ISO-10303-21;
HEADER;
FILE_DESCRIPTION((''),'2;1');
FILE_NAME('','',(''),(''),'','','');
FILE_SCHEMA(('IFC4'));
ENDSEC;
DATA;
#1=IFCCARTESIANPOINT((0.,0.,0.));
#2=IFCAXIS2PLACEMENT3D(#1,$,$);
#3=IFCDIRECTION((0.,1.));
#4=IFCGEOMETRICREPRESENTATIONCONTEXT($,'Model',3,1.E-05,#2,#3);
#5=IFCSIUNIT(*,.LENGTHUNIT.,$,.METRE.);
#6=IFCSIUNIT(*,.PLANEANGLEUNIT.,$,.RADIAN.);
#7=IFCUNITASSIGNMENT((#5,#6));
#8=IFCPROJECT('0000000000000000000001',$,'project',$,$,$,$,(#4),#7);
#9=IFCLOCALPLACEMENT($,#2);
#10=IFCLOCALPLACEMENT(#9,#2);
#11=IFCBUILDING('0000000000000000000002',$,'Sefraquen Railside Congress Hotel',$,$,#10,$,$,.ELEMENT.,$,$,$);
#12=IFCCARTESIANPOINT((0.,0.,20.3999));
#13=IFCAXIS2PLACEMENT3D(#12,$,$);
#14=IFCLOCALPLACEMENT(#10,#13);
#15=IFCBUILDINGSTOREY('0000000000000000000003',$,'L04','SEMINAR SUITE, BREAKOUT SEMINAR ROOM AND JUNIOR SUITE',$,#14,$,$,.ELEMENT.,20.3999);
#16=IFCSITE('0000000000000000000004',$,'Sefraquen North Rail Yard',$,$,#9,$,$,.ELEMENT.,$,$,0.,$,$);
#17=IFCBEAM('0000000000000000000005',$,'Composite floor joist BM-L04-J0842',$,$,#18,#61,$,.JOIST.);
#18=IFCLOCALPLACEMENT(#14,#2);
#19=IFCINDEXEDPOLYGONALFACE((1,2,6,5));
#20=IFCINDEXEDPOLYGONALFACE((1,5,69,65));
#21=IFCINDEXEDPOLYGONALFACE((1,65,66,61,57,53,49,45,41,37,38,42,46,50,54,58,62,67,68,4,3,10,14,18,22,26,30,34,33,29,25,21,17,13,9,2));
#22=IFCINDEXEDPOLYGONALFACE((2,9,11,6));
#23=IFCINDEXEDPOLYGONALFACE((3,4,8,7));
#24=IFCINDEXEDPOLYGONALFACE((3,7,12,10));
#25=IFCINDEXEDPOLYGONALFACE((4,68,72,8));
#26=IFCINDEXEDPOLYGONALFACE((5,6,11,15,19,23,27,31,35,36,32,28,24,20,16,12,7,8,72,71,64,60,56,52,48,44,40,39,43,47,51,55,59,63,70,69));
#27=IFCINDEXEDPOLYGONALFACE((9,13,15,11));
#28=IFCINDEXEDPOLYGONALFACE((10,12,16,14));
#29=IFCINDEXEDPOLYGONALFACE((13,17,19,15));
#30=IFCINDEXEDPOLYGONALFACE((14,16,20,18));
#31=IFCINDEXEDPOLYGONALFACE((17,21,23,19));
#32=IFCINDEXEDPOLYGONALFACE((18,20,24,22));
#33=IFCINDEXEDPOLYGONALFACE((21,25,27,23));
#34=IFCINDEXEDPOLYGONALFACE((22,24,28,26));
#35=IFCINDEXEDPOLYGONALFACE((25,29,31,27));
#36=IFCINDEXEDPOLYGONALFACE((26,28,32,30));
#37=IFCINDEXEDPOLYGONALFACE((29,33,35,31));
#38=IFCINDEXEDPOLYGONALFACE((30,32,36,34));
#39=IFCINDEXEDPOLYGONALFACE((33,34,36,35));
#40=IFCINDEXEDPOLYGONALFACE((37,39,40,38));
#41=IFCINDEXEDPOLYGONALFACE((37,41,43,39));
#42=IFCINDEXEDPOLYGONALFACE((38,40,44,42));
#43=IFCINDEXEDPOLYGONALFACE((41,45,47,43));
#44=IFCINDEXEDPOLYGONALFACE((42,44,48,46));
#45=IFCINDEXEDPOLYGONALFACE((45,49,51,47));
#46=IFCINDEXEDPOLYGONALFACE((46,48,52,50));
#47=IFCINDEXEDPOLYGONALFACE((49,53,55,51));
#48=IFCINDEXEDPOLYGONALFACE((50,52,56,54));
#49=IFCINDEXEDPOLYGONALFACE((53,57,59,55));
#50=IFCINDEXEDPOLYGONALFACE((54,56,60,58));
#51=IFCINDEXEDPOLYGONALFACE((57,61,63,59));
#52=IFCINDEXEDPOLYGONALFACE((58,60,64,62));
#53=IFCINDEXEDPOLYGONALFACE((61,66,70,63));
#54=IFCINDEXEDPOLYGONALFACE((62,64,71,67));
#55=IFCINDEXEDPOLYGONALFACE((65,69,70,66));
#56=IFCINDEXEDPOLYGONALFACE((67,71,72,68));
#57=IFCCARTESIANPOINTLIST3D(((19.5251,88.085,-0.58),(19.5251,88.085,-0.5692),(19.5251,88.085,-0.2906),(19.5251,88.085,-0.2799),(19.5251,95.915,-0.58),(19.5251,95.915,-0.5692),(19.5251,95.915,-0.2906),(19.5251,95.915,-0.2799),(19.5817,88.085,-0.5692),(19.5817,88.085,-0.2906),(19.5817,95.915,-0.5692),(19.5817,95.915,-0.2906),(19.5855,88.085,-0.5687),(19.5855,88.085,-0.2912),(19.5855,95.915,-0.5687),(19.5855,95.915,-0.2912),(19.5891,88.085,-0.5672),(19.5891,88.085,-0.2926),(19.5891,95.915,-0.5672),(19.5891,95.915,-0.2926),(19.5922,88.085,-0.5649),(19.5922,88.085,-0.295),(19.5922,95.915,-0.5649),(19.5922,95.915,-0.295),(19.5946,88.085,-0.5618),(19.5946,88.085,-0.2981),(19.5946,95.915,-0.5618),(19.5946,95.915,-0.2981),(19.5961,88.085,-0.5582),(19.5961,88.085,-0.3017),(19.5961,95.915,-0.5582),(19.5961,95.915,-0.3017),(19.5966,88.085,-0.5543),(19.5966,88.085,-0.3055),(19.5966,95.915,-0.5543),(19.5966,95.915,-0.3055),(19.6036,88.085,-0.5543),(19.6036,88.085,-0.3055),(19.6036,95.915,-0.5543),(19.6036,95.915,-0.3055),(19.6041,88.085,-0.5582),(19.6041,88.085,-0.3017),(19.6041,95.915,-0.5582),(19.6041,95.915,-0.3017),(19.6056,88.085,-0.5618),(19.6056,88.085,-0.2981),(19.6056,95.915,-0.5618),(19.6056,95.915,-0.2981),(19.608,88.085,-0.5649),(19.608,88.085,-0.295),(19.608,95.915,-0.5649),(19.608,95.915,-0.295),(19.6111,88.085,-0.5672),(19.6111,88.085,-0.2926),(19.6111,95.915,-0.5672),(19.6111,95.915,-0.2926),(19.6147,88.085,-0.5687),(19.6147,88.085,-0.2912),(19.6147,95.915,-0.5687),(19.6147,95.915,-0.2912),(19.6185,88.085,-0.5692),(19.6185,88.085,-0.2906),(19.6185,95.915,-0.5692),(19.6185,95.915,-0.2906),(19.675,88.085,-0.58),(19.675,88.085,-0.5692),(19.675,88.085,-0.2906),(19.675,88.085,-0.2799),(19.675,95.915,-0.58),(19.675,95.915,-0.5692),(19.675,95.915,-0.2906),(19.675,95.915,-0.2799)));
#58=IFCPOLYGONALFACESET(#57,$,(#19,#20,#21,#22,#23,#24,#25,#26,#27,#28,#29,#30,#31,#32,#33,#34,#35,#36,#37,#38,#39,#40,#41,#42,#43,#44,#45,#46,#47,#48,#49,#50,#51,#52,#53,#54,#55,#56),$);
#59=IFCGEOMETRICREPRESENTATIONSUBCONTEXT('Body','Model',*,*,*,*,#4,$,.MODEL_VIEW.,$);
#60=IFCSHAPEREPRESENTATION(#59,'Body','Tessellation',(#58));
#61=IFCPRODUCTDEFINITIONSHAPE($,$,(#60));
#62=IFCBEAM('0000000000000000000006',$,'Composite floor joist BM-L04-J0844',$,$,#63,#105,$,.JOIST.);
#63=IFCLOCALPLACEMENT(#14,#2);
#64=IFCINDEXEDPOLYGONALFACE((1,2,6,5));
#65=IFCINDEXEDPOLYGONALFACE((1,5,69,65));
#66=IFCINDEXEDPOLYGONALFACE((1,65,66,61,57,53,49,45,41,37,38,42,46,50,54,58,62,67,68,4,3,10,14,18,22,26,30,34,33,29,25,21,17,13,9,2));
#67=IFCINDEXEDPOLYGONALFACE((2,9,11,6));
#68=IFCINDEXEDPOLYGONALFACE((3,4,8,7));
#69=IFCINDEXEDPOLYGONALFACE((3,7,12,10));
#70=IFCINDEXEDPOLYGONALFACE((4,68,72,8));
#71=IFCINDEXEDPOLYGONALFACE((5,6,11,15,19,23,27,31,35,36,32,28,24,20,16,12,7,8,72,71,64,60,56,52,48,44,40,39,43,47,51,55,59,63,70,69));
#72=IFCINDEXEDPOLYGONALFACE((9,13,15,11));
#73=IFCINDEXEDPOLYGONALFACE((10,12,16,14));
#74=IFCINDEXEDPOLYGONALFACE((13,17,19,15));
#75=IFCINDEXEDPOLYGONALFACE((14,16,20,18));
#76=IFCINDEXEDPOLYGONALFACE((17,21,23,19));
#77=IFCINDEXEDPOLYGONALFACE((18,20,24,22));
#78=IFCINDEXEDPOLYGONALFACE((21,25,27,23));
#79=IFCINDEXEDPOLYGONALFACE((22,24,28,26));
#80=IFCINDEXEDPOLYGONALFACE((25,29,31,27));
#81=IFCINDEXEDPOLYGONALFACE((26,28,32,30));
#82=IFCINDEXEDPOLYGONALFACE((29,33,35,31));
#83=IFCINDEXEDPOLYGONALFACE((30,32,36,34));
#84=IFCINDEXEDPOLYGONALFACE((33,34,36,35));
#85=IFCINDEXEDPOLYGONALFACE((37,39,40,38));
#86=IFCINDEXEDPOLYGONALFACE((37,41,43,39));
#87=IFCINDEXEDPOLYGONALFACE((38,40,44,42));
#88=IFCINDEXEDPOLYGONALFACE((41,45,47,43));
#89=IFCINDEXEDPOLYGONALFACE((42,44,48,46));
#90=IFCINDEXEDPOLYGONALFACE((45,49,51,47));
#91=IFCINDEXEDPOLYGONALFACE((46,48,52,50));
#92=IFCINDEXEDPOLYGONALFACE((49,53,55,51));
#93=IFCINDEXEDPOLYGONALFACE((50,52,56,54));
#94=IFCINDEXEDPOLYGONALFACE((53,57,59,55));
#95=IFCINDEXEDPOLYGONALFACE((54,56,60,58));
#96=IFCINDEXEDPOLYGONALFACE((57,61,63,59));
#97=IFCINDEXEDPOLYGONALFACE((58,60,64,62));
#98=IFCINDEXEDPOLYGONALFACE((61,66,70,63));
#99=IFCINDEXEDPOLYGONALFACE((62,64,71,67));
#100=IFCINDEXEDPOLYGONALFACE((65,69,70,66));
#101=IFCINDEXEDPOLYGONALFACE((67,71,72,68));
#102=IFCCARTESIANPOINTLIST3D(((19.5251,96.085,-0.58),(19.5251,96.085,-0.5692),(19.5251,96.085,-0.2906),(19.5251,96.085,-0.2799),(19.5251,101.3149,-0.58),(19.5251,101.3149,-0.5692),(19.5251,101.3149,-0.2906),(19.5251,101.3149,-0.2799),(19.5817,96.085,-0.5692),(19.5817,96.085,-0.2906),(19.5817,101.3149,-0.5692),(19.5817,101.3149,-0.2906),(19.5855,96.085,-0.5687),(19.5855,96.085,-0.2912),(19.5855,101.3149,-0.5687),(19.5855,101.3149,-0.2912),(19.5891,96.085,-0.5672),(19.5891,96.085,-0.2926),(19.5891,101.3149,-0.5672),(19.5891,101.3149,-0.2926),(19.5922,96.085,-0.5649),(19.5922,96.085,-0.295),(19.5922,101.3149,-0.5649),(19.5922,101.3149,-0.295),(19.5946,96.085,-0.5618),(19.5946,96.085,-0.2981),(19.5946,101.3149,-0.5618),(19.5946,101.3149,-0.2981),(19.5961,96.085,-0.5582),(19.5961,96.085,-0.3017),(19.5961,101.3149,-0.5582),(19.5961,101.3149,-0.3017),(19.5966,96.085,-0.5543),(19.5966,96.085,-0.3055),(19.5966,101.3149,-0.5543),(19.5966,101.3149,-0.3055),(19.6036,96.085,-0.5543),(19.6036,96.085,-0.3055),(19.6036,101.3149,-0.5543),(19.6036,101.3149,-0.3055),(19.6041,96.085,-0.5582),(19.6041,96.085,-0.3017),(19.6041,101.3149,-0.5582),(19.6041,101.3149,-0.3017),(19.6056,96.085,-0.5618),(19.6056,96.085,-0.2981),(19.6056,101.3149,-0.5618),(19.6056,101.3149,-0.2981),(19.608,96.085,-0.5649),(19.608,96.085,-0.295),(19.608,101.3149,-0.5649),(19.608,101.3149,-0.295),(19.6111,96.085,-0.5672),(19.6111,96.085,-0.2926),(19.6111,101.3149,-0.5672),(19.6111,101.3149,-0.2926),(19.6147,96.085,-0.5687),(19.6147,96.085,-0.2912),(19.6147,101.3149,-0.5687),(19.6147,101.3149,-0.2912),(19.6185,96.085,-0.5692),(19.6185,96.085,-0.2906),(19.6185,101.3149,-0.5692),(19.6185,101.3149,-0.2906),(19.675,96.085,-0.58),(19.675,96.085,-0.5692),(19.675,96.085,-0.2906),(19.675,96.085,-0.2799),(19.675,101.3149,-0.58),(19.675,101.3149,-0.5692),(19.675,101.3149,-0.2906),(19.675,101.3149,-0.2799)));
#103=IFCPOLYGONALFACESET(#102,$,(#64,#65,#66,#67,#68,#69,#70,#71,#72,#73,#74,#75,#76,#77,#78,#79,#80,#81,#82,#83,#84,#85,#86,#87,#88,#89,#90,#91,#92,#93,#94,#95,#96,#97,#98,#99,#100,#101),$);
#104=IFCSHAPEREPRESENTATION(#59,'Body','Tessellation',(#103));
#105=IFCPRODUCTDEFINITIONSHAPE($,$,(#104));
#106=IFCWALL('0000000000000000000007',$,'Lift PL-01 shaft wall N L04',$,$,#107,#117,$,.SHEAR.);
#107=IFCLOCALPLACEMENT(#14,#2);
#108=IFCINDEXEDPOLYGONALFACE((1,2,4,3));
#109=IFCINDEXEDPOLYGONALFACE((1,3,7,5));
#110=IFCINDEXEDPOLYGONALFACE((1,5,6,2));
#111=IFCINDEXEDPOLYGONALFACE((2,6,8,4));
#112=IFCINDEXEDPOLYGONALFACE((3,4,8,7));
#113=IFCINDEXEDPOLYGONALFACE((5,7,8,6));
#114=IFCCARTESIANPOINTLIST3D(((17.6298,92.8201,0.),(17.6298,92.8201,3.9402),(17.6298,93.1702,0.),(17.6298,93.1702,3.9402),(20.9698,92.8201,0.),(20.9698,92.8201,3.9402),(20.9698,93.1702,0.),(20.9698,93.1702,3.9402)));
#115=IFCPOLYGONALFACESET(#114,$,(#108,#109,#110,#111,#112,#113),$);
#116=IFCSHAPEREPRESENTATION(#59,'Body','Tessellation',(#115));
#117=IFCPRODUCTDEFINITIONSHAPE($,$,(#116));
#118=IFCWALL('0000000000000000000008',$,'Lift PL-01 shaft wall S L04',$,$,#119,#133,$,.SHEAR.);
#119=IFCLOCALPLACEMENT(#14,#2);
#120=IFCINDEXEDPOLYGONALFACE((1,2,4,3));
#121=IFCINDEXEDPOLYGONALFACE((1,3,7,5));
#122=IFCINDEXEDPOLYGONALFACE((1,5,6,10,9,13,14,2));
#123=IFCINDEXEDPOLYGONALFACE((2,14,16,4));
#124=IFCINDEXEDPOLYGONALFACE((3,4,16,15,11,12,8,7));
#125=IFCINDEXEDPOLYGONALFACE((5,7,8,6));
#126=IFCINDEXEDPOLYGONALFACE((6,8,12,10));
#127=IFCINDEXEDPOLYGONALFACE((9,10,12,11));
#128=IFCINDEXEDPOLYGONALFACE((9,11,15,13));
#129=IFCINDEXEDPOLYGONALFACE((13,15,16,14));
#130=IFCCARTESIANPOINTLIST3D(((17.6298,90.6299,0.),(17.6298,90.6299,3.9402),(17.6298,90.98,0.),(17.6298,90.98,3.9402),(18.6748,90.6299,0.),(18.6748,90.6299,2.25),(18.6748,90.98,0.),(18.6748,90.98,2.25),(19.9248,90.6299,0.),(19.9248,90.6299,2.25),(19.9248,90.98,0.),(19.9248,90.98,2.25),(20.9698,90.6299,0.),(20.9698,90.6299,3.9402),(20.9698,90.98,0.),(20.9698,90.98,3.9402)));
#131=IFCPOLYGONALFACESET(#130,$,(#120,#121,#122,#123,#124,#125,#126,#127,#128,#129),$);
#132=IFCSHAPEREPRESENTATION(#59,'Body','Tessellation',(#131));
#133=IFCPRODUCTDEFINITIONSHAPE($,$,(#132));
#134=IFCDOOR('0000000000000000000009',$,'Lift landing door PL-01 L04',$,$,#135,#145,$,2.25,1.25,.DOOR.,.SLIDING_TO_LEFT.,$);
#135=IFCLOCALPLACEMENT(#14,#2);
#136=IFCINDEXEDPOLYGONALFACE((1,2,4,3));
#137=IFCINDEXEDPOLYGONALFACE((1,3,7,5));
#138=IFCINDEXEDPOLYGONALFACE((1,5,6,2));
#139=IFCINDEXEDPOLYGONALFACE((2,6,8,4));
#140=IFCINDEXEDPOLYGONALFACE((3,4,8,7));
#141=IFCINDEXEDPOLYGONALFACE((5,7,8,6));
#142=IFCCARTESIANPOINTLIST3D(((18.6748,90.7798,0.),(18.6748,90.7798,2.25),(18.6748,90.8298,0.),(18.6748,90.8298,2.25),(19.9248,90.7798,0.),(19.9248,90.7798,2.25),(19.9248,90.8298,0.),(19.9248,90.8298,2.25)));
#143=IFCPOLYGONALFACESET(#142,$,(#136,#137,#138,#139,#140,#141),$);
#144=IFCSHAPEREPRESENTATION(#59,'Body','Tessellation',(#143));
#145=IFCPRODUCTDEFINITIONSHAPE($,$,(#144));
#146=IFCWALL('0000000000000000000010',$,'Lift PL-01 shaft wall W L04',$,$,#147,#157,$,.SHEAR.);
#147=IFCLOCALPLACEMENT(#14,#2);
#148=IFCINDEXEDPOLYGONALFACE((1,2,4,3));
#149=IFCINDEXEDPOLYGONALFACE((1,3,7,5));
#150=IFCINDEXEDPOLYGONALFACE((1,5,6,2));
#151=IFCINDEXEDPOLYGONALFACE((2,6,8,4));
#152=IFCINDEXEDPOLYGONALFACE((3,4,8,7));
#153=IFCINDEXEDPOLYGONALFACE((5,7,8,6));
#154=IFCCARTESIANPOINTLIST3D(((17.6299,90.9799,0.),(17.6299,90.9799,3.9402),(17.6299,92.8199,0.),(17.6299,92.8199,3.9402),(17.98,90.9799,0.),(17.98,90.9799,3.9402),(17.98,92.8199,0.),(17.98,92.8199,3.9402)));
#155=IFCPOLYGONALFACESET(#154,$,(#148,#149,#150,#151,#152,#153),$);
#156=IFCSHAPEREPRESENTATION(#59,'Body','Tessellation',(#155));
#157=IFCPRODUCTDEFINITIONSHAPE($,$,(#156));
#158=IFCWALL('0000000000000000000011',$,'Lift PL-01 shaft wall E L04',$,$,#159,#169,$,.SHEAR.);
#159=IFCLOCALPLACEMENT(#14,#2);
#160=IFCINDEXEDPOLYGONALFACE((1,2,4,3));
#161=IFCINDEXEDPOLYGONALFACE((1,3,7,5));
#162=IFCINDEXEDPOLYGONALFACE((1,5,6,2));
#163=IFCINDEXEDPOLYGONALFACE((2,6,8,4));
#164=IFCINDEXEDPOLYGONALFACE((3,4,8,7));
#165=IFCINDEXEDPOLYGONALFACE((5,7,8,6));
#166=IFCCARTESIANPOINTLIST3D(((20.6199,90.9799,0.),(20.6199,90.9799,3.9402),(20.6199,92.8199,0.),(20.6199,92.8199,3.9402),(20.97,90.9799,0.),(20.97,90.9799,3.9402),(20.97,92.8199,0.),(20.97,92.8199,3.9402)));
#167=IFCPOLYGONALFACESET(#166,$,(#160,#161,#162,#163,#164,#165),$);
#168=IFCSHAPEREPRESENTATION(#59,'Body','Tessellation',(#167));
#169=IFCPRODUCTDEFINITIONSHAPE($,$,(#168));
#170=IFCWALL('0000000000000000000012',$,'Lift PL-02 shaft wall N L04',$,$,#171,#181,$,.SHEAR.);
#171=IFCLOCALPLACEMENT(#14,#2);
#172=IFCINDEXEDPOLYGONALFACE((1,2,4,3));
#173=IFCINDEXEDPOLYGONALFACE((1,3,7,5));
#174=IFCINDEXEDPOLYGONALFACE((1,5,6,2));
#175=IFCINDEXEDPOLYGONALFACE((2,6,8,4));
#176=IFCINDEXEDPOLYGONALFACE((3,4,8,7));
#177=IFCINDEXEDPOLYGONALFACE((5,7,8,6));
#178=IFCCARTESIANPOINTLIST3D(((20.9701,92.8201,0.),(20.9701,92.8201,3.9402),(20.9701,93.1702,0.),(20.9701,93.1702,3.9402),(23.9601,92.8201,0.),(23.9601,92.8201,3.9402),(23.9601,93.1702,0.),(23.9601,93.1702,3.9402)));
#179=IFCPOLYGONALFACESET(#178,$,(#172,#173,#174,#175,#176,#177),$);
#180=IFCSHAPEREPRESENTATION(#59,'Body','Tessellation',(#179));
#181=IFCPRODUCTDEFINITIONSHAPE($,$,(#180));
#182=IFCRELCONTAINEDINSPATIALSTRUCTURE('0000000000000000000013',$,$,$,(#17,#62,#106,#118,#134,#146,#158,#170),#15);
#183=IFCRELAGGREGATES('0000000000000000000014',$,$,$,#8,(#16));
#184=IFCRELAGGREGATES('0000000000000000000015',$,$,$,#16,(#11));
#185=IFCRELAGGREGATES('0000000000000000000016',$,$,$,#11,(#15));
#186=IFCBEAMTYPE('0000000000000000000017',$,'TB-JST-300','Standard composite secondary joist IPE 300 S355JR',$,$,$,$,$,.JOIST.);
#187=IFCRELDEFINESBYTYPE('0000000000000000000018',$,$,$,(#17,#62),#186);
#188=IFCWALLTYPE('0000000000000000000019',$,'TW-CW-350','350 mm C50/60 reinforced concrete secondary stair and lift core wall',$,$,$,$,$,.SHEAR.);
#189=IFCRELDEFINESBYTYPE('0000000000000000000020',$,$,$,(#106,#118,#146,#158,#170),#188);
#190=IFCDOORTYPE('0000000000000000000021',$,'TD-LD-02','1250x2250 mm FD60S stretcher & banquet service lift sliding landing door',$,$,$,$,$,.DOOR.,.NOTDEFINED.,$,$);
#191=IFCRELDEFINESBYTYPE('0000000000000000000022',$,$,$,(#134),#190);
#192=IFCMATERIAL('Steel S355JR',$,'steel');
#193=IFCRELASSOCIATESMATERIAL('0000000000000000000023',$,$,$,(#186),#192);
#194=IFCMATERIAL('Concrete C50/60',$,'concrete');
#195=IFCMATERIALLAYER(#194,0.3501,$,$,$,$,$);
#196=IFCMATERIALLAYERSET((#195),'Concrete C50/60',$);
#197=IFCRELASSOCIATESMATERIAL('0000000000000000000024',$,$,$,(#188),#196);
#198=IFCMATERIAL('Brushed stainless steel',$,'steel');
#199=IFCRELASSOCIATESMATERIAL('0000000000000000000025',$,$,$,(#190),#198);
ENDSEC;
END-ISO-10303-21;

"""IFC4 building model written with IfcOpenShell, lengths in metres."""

from ifc_helpers import new_model, si_unit, direction, frame, frame_2d, origin, origin_2d, place, context, subcontext, project, spatial, rectangle, i_section, extrude, material, layer, layer_set, material_profile, profile_set, type_object, element, fill, save


model = new_model("IFC4")

# Units and contexts
model_context = context("Model", 3, precision=1e-05, world=origin(), true_north=direction((0.0, 1.0)))
body_context = subcontext(model_context, "Body", "Model", "MODEL_VIEW")
ifc_project = project(units=[si_unit("LENGTHUNIT", "METRE"), si_unit("PLANEANGLEUNIT", "RADIAN")], contexts=[model_context])

# Site, building, storey
site_placement = place(None, origin())
site = spatial("IfcSite", under=ifc_project, at=site_placement, Name="Sefraquen North Rail Yard", CompositionType="ELEMENT", RefElevation=0.0)
building_placement = place(site_placement, origin())
building = spatial("IfcBuilding", under=site, at=building_placement, Name="Sefraquen Railside Congress Hotel", CompositionType="ELEMENT")
storey_placement = place(building_placement, frame((0.0, 0.0, 20.3999)))
storey = spatial("IfcBuildingStorey", under=building, at=storey_placement, Name="L04", Description="SEMINAR SUITE, BREAKOUT SEMINAR ROOM AND JUNIOR SUITE", CompositionType="ELEMENT", Elevation=20.3999)

# Shared definitions
ifc_material_1 = material(Name="Steel S355JR", Category="steel")

# Beams
ifc_material_profile_1 = material_profile(ifc_material_1, i_section(OverallWidth=0.1499, OverallDepth=0.3, WebThickness=0.0071, FlangeThickness=0.0107, FilletRadius=0.0149, at=origin_2d()), Name="IPE 300")
ifc_profile_set_1 = profile_set([ifc_material_profile_1], Name="Steel S355JR")
beam_type_1 = type_object("IfcBeamType", Name="TB-JST-300", Description="Standard composite secondary joist IPE 300 S355JR", PredefinedType="JOIST", material=ifc_profile_set_1)
beam_1_placement = place(storey_placement, frame((19.6001, 88.085, -0.4299), z_axis=(0.0, 1.0, 0.0), x_axis=(-1.0, 0.0, 0.0)))
element("IfcBeam", 1, at=beam_1_placement, inside=storey, type_object=beam_type_1, Name="Composite floor joist BM-L04-J0842", PredefinedType="JOIST", context=body_context, shape_type="SweptSolid", body=[
    extrude(i_section(OverallWidth=0.1499, OverallDepth=0.3, WebThickness=0.0071, FlangeThickness=0.0107, FilletRadius=0.0149, at=origin_2d()), origin(), (0.0, 0.0, 1.0), 7.8301),
])
beam_2_placement = place(storey_placement, frame((19.6001, 96.085, -0.4299), z_axis=(0.0, 1.0, 0.0), x_axis=(-1.0, 0.0, 0.0)))
element("IfcBeam", 2, at=beam_2_placement, inside=storey, type_object=beam_type_1, Name="Composite floor joist BM-L04-J0844", PredefinedType="JOIST", context=body_context, shape_type="SweptSolid", body=[
    extrude(i_section(OverallWidth=0.1499, OverallDepth=0.3, WebThickness=0.0071, FlangeThickness=0.0107, FilletRadius=0.0149, at=origin_2d()), origin(), (0.0, 0.0, 1.0), 5.23),
])

# Wall
ifc_material_2 = material(Name="Concrete C50/60", Category="concrete")
ifc_layer_1 = layer(ifc_material_2, 0.3501)
ifc_layer_set_1 = layer_set([ifc_layer_1], Name="Concrete C50/60")
wall_type_1 = type_object("IfcWallType", Name="TW-CW-350", Description="350 mm C50/60 reinforced concrete secondary stair and lift core wall", PredefinedType="SHEAR", material=ifc_layer_set_1)
wall_1_placement = place(storey_placement, frame((17.6299, 92.9951, 0.0), z_axis=(0.0, 0.0, 1.0), x_axis=(1.0, 0.0, 0.0)))
element("IfcWall", 3, at=wall_1_placement, inside=storey, type_object=wall_type_1, Name="Lift PL-01 shaft wall N L04", PredefinedType="SHEAR", context=body_context, shape_type="SweptSolid", body=[
    extrude(rectangle(XDim=3.3401, YDim=0.3501, at=frame_2d((1.6699, 0.0))), origin(), (0.0, 0.0, 1.0), 3.9402),
])

# Wall, opening, door
wall_2_placement = place(storey_placement, frame((17.6299, 90.8049, 0.0), z_axis=(0.0, 0.0, 1.0), x_axis=(1.0, 0.0, 0.0)))
wall_2 = element("IfcWall", 4, at=wall_2_placement, inside=storey, type_object=wall_type_1, Name="Lift PL-01 shaft wall S L04", PredefinedType="SHEAR", context=body_context, shape_type="SweptSolid", body=[
    extrude(rectangle(XDim=3.3401, YDim=0.3501, at=frame_2d((1.6699, 0.0))), origin(), (0.0, 0.0, 1.0), 3.9402),
])
opening_1_placement = place(wall_2_placement, frame((1.0449, 0.0, 0.0)))
opening_1 = element("IfcOpeningElement", 5, at=opening_1_placement, cuts=wall_2, PredefinedType="OPENING", context=body_context, shape_type="SweptSolid", body=[
    extrude(rectangle(XDim=1.25, YDim=2.25, at=frame_2d((0.625, 1.125))), frame((0.0, 0.1851, 0.0), z_axis=(0.0, -1.0, 0.0), x_axis=(1.0, 0.0, 0.0)), (0.0, 0.0, 1.0), 0.3701),
])
ifc_material_3 = material(Name="Brushed stainless steel", Category="steel")
door_type = type_object("IfcDoorType", Name="TD-LD-02", Description="1250x2250 mm FD60S stretcher & banquet service lift sliding landing door", OperationType="NOTDEFINED", PredefinedType="DOOR", material=ifc_material_3)
door_1_placement = place(opening_1_placement, origin())
door_1 = element("IfcDoor", 6, at=door_1_placement, inside=storey, type_object=door_type, Name="Lift landing door PL-01 L04", OperationType="SLIDING_TO_LEFT", OverallHeight=2.25, OverallWidth=1.25, PredefinedType="DOOR", context=body_context, shape_type="SweptSolid", body=[
    extrude(rectangle(XDim=1.25, YDim=2.25, at=frame_2d((0.625, 1.125))), frame((0.0, 0.0249, 0.0), z_axis=(0.0, -1.0, 0.0), x_axis=(1.0, 0.0, 0.0)), (0.0, 0.0, 1.0), 0.05),
])
fill(opening_1, door_1)

# Walls
for number, where, z_axis, x_axis, name in (
    (7, (17.8049, 90.98, 0.0), (0.0, 0.0, 1.0), (0.0, 1.0, 0.0), "Lift PL-01 shaft wall W L04"),
    (8, (20.7949, 90.98, 0.0), (0.0, 0.0, 1.0), (0.0, 1.0, 0.0), "Lift PL-01 shaft wall E L04"),
):
    element("IfcWall", number, at=place(storey_placement, frame(where, z_axis=z_axis, x_axis=x_axis)), inside=storey, type_object=wall_type_1, Name=name, PredefinedType="SHEAR", context=body_context, shape_type="SweptSolid", body=[
        extrude(rectangle(XDim=1.8401, YDim=0.3501, at=frame_2d((0.9199, 0.0))), origin(), (0.0, 0.0, 1.0), 3.9402),
    ])
wall_3_placement = place(storey_placement, frame((20.97, 92.9951, 0.0), z_axis=(0.0, 0.0, 1.0), x_axis=(1.0, 0.0, 0.0)))
element("IfcWall", 9, at=wall_3_placement, inside=storey, type_object=wall_type_1, Name="Lift PL-02 shaft wall N L04", PredefinedType="SHEAR", context=body_context, shape_type="SweptSolid", body=[
    extrude(rectangle(XDim=2.99, YDim=0.3501, at=frame_2d((1.4951, 0.0))), origin(), (0.0, 0.0, 1.0), 3.9402),
])

save(model, "model.ifc")
